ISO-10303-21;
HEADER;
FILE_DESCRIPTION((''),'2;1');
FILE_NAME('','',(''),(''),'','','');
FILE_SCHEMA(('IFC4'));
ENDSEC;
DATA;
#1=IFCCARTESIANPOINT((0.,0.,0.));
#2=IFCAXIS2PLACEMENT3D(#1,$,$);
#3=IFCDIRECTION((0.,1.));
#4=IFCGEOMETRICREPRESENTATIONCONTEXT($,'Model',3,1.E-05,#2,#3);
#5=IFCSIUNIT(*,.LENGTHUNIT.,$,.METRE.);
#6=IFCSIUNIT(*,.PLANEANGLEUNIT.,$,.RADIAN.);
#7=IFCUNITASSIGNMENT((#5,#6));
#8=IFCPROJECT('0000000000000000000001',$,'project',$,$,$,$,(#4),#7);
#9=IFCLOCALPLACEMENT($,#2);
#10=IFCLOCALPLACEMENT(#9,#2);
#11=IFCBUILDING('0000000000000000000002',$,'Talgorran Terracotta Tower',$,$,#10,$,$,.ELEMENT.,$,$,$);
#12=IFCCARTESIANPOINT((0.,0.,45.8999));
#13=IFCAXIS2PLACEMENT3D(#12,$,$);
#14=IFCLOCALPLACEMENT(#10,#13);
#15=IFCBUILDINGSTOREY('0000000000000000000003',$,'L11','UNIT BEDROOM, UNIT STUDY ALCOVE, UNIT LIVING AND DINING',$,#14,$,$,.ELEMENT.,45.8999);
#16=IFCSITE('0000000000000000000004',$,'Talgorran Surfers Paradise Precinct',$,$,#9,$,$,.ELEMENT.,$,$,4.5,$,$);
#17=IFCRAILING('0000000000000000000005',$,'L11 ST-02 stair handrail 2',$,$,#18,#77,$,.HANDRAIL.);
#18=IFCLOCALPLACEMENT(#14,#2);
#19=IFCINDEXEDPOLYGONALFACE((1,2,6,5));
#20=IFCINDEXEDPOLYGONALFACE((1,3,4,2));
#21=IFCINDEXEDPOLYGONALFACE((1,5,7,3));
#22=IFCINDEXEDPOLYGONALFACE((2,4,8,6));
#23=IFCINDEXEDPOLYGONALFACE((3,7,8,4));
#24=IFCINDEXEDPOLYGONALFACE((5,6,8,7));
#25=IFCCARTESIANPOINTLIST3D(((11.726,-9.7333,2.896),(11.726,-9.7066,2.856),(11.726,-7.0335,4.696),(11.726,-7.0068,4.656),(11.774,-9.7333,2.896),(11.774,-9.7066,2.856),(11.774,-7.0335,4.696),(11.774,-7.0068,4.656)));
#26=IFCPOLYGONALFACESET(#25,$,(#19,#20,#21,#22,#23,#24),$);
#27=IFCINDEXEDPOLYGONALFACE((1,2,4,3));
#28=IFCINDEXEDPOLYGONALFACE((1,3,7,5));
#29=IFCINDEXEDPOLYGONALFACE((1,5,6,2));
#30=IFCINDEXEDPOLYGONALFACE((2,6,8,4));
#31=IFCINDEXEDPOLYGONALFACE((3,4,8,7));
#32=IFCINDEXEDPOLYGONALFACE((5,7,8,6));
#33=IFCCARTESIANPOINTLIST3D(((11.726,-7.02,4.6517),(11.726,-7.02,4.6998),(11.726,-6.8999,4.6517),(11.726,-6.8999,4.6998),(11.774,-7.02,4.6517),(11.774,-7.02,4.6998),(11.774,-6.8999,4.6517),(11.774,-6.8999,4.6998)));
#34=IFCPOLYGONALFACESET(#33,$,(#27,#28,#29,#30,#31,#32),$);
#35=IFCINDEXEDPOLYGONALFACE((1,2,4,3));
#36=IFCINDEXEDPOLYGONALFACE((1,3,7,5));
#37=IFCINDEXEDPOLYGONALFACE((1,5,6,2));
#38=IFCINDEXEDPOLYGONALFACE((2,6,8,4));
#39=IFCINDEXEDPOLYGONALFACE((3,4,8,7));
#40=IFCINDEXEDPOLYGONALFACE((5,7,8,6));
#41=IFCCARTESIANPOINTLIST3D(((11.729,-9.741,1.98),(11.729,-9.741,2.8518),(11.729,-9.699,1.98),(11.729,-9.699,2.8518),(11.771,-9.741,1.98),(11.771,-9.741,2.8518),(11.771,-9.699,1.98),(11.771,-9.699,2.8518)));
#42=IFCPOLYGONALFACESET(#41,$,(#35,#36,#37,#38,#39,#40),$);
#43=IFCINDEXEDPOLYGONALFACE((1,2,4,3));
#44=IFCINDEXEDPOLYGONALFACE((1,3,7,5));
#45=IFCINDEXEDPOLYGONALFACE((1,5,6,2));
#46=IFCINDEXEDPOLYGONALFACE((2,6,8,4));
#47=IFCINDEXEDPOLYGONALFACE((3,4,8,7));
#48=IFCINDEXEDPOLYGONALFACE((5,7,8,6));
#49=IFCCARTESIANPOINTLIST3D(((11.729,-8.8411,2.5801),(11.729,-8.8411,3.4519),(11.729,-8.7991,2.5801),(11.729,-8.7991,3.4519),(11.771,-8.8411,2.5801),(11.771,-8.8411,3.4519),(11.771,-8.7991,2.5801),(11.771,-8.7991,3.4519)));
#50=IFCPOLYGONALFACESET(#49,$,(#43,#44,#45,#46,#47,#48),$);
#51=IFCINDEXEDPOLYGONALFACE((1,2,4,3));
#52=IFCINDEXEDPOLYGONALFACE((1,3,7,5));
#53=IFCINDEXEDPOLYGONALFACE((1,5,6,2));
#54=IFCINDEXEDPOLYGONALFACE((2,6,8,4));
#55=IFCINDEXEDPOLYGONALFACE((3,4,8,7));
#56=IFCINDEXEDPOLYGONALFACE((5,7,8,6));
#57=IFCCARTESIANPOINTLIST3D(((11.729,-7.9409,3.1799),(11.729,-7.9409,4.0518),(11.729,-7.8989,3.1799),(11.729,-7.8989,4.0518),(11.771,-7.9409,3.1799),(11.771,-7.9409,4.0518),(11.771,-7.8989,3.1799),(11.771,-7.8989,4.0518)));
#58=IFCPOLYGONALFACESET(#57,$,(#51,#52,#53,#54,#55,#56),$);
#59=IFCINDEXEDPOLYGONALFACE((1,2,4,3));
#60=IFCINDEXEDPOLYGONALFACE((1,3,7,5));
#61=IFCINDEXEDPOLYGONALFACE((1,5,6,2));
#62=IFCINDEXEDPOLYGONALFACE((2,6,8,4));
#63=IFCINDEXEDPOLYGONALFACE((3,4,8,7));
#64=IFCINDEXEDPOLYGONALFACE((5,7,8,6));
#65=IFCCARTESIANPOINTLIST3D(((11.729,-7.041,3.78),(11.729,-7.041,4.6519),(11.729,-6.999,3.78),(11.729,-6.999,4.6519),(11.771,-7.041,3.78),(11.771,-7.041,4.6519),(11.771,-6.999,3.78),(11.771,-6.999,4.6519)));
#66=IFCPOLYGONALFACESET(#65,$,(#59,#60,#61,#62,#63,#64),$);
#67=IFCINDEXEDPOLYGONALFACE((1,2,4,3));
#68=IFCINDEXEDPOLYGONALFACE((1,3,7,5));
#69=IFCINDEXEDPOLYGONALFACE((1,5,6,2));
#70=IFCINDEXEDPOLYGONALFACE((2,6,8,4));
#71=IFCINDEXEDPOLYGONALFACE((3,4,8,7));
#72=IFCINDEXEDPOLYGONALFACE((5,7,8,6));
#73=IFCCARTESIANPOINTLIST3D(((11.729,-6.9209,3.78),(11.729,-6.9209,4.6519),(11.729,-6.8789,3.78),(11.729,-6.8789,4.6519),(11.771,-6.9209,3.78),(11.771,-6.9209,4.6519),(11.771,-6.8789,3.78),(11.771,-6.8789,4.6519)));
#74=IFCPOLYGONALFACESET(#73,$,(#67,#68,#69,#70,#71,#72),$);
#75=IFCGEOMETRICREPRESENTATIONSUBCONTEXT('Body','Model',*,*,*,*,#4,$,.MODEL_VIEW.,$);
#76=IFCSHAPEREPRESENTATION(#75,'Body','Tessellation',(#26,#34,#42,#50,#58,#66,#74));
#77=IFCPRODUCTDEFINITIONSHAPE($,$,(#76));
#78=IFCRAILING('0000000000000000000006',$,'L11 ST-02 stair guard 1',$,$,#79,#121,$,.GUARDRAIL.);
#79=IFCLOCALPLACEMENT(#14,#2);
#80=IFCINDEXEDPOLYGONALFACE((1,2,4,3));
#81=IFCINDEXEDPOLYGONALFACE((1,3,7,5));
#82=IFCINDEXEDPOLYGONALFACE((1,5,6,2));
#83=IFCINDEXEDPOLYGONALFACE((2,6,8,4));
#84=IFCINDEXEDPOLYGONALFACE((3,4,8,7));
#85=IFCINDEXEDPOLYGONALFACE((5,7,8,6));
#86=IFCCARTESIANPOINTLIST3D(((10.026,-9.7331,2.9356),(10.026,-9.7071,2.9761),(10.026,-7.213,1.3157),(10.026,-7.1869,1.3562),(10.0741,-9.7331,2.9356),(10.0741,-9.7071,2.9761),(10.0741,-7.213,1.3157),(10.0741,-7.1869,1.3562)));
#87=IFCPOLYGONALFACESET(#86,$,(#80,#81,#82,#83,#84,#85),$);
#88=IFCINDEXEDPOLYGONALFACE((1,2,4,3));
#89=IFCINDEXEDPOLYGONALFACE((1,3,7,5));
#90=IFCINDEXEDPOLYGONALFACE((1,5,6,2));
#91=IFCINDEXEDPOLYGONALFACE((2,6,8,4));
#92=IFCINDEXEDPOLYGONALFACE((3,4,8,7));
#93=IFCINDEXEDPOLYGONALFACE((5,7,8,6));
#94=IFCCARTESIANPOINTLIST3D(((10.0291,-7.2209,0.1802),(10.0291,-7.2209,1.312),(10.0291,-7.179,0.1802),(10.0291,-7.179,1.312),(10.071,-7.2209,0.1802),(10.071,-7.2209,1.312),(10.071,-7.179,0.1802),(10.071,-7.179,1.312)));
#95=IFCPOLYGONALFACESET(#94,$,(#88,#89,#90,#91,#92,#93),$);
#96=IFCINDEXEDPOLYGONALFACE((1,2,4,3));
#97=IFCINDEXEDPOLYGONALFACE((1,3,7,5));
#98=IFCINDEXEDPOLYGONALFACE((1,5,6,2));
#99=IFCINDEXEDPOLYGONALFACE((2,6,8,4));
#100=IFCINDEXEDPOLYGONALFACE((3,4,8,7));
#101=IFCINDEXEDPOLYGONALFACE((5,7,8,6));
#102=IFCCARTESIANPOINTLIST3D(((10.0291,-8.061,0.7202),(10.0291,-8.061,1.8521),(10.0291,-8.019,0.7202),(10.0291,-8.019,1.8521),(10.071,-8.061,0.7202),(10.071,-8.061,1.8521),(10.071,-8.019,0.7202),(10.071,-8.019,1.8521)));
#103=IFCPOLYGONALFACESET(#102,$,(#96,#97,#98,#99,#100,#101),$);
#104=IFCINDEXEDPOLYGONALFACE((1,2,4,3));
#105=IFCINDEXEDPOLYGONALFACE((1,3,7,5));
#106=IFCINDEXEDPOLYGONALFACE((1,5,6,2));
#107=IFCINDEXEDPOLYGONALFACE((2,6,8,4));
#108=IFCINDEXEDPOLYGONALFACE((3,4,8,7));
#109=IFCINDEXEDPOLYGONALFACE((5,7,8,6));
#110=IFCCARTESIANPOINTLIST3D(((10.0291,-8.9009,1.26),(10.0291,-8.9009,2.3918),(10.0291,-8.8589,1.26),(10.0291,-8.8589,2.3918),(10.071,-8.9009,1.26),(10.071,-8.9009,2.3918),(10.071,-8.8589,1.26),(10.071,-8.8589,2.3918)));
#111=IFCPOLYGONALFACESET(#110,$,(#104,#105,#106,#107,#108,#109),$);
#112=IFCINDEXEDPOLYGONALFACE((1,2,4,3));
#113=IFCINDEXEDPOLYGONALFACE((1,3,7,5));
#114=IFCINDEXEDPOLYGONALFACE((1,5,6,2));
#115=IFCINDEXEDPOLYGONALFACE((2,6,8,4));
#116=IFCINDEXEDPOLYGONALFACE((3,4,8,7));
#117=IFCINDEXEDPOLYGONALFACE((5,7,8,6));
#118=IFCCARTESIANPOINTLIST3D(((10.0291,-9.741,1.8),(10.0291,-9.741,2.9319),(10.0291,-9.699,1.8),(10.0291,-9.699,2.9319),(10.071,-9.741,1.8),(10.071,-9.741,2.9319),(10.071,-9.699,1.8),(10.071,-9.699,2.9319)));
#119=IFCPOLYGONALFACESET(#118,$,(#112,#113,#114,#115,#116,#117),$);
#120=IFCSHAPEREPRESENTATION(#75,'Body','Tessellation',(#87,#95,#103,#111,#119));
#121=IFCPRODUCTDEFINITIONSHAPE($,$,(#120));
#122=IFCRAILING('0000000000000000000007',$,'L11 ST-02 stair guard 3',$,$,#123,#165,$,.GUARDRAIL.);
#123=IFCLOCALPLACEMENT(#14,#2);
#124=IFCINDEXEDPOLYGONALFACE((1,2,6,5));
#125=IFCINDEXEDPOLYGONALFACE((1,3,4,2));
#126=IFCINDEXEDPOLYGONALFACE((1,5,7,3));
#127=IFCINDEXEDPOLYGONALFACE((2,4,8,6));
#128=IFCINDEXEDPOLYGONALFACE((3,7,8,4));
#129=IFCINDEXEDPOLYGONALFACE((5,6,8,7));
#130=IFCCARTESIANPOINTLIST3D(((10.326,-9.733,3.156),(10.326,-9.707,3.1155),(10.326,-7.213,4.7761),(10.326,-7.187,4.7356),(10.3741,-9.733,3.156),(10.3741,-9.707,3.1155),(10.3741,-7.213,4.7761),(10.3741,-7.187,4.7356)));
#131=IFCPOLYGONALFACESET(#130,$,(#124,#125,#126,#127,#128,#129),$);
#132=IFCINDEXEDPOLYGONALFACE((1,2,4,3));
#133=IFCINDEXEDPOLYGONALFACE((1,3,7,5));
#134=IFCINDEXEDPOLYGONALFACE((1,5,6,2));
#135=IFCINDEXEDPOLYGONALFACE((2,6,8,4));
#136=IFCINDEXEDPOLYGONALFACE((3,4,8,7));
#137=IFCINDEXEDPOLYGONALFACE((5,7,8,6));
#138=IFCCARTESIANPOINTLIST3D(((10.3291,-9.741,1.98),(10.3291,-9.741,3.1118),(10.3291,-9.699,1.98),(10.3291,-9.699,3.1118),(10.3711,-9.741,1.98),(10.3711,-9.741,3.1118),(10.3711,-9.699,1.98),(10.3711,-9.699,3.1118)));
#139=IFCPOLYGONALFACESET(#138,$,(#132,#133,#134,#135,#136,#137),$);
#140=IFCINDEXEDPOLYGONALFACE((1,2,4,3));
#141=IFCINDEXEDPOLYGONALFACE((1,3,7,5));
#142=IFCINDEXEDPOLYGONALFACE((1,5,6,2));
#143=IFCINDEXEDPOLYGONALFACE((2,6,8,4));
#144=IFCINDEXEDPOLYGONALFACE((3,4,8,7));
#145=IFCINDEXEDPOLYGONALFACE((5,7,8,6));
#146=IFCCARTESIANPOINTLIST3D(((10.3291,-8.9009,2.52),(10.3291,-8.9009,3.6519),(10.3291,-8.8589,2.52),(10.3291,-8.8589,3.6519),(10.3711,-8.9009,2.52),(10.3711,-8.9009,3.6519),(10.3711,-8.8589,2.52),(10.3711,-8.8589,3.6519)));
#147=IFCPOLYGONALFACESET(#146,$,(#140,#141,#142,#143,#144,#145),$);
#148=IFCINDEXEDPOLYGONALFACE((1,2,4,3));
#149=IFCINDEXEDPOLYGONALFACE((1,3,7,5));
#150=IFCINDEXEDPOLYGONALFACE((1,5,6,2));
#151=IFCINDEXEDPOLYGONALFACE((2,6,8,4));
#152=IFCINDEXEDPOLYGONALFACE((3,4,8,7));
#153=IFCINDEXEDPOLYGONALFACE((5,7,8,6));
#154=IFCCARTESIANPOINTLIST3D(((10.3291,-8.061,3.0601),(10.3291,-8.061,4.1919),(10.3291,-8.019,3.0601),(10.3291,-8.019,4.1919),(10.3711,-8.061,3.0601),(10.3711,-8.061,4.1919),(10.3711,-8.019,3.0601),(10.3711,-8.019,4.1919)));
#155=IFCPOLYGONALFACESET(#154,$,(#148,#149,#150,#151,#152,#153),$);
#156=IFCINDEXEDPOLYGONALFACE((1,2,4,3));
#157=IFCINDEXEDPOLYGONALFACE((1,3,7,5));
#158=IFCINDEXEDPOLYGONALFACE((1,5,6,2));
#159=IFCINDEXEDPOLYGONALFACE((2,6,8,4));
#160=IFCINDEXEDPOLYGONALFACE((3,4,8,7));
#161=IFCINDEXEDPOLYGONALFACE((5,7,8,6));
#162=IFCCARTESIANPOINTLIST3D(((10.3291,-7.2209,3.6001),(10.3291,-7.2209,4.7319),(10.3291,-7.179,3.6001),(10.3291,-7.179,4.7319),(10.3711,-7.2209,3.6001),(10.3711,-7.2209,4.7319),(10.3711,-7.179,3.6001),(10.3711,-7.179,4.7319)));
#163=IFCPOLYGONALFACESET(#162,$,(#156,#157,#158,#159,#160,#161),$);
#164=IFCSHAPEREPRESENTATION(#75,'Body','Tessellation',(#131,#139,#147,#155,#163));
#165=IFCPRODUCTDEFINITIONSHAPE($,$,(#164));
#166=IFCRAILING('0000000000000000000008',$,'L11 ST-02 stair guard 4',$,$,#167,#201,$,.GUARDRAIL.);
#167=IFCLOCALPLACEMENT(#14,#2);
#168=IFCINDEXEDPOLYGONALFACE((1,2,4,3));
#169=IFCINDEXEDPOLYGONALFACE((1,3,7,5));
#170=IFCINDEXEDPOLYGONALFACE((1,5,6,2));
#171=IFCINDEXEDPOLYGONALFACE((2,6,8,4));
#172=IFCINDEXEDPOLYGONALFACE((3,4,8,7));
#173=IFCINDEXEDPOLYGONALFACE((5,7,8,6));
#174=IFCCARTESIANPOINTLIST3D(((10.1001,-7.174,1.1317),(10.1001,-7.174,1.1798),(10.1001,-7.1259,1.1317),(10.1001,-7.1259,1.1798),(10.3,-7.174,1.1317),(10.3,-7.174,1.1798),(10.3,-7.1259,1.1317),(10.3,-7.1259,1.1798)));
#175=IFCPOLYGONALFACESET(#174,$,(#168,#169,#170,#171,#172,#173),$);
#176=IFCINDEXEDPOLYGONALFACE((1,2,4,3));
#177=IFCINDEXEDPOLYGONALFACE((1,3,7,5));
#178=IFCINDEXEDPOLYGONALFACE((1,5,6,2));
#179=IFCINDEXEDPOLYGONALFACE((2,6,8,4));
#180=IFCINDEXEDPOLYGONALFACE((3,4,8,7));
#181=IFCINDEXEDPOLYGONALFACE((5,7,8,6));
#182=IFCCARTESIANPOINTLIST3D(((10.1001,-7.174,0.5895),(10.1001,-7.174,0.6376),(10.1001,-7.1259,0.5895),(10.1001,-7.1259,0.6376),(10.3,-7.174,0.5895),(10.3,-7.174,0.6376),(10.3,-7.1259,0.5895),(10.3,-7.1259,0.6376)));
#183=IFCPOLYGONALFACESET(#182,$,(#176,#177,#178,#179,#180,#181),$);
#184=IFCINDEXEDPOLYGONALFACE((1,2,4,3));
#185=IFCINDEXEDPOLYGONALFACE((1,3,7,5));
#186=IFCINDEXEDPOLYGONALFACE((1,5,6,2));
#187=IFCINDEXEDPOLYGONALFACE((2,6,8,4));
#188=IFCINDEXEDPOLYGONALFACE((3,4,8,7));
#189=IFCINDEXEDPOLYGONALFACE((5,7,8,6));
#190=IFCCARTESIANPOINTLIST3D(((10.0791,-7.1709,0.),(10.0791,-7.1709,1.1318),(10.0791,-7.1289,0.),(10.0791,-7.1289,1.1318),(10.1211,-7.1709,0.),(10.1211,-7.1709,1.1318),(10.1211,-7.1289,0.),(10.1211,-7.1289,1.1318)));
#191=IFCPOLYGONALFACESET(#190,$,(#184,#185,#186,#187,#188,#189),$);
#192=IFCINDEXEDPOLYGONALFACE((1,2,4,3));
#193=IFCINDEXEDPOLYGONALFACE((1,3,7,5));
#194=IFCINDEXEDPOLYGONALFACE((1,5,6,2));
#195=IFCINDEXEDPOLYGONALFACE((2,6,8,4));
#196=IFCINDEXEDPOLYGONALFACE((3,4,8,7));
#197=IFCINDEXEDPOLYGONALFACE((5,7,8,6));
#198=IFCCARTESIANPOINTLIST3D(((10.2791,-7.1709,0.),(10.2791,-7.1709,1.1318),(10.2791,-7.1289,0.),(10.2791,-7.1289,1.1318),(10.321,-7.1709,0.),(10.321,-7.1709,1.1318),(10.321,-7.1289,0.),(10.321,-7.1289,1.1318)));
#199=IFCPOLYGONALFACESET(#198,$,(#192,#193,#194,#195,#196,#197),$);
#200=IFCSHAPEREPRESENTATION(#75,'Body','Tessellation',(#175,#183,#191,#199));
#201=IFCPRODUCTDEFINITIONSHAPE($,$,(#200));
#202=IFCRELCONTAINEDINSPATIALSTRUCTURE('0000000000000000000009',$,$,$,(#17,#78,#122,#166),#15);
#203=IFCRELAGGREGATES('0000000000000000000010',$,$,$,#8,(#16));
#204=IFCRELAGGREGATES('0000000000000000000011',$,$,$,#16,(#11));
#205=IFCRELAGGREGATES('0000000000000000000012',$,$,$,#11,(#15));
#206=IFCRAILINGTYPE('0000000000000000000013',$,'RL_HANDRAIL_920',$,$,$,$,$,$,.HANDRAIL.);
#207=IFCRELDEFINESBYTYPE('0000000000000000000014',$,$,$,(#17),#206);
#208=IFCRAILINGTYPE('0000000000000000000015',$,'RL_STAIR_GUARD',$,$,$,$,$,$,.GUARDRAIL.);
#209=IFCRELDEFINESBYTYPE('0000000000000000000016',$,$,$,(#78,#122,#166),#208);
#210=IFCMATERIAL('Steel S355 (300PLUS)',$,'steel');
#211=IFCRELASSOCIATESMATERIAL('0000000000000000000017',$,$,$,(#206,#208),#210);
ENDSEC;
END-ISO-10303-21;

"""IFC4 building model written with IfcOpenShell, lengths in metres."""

from ifc_helpers import new_model, si_unit, direction, frame, origin, origin_2d, place, context, subcontext, project, spatial, rectangle, extrude, material, type_object, element, save


model = new_model("IFC4")

# Units and contexts
model_context = context("Model", 3, precision=1e-05, world=origin(), true_north=direction((0.0, 1.0)))
body_context = subcontext(model_context, "Body", "Model", "MODEL_VIEW")
ifc_project = project(units=[si_unit("LENGTHUNIT", "METRE"), si_unit("PLANEANGLEUNIT", "RADIAN")], contexts=[model_context])

# Site, building, storey
site_placement = place(None, origin())
site = spatial("IfcSite", under=ifc_project, at=site_placement, Name="Talgorran Surfers Paradise Precinct", CompositionType="ELEMENT", RefElevation=4.5)
building_placement = place(site_placement, origin())
building = spatial("IfcBuilding", under=site, at=building_placement, Name="Talgorran Terracotta Tower", CompositionType="ELEMENT")
storey_placement = place(building_placement, frame((0.0, 0.0, 45.8999)))
storey = spatial("IfcBuildingStorey", under=building, at=storey_placement, Name="L11", Description="UNIT BEDROOM, UNIT STUDY ALCOVE, UNIT LIVING AND DINING", CompositionType="ELEMENT", Elevation=45.8999)

# Shared definitions
ifc_material_1 = material(Name="Steel S355 (300PLUS)", Category="steel")

# Railings
railing_type_1 = type_object("IfcRailingType", Name="RL_HANDRAIL_920", PredefinedType="HANDRAIL", material=ifc_material_1)
railing_1_placement = place(storey_placement, frame((11.75, -9.72, 1.98)))
element("IfcRailing", 1, at=railing_1_placement, inside=storey, type_object=railing_type_1, Name="L11 ST-02 stair handrail 2", PredefinedType="HANDRAIL", context=body_context, shape_type="SweptSolid", body=[
    extrude(rectangle(XDim=0.0481, YDim=0.0481, at=origin_2d()), frame((0.0, 0.0, 0.896), z_axis=(0.0, 0.832039, 0.554718), x_axis=(-1.0, 0.0, 0.0)), (0.0, 0.0, 1.0), 3.2449),
    extrude(rectangle(XDim=0.0481, YDim=0.0481, at=origin_2d()), frame((0.0, 2.7, 2.6958), z_axis=(0.0, 1.0, 0.0), x_axis=(-1.0, 0.0, 0.0)), (0.0, 0.0, 1.0), 0.1201),
    extrude(rectangle(XDim=0.042, YDim=0.042, at=origin_2d()), origin(), (0.0, 0.0, 1.0), 0.8718),
    extrude(rectangle(XDim=0.042, YDim=0.042, at=origin_2d()), frame((0.0, 0.8999, 0.6001)), (0.0, 0.0, 1.0), 0.8718),
    extrude(rectangle(XDim=0.042, YDim=0.042, at=origin_2d()), frame((0.0, 1.8, 1.2)), (0.0, 0.0, 1.0), 0.8718),
    extrude(rectangle(XDim=0.042, YDim=0.042, at=origin_2d()), frame((0.0, 2.7, 1.8)), (0.0, 0.0, 1.0), 0.8718),
    extrude(rectangle(XDim=0.042, YDim=0.042, at=origin_2d()), frame((0.0, 2.8201, 1.8)), (0.0, 0.0, 1.0), 0.8718),
])
railing_type_2 = type_object("IfcRailingType", Name="RL_STAIR_GUARD", PredefinedType="GUARDRAIL", material=ifc_material_1)
railing_2_placement = place(storey_placement, frame((10.05, -7.2, 0.1802)))
element("IfcRailing", 2, at=railing_2_placement, inside=storey, type_object=railing_type_2, Name="L11 ST-02 stair guard 1", PredefinedType="GUARDRAIL", context=body_context, shape_type="SweptSolid", body=[
    extrude(rectangle(XDim=0.0481, YDim=0.0481, at=origin_2d()), frame((0.0, 0.0, 1.1558), z_axis=(0.0, -0.8412, 0.540725), x_axis=(1.0, 0.0, 0.0)), (0.0, 0.0, 1.0), 2.9958),
    extrude(rectangle(XDim=0.042, YDim=0.042, at=origin_2d()), origin(), (0.0, 0.0, 1.0), 1.1318),
    extrude(rectangle(XDim=0.042, YDim=0.042, at=origin_2d()), frame((0.0, -0.8401, 0.54)), (0.0, 0.0, 1.0), 1.1318),
    extrude(rectangle(XDim=0.042, YDim=0.042, at=origin_2d()), frame((0.0, -1.6799, 1.0798)), (0.0, 0.0, 1.0), 1.1318),
    extrude(rectangle(XDim=0.042, YDim=0.042, at=origin_2d()), frame((0.0, -2.52, 1.6199)), (0.0, 0.0, 1.0), 1.1318),
])
railing_3_placement = place(storey_placement, frame((10.3501, -9.72, 1.98)))
element("IfcRailing", 3, at=railing_3_placement, inside=storey, type_object=railing_type_2, Name="L11 ST-02 stair guard 3", PredefinedType="GUARDRAIL", context=body_context, shape_type="SweptSolid", body=[
    extrude(rectangle(XDim=0.0481, YDim=0.0481, at=origin_2d()), frame((0.0, 0.0, 1.1558), z_axis=(0.0, 0.841163, 0.540782), x_axis=(-1.0, 0.0, 0.0)), (0.0, 0.0, 1.0), 2.9958),
    extrude(rectangle(XDim=0.042, YDim=0.042, at=origin_2d()), origin(), (0.0, 0.0, 1.0), 1.1318),
    extrude(rectangle(XDim=0.042, YDim=0.042, at=origin_2d()), frame((0.0, 0.8401, 0.54)), (0.0, 0.0, 1.0), 1.1318),
    extrude(rectangle(XDim=0.042, YDim=0.042, at=origin_2d()), frame((0.0, 1.6799, 1.0801)), (0.0, 0.0, 1.0), 1.1318),
    extrude(rectangle(XDim=0.042, YDim=0.042, at=origin_2d()), frame((0.0, 2.52, 1.6201)), (0.0, 0.0, 1.0), 1.1318),
])
railing_4_placement = place(storey_placement, frame((10.1001, -7.1499, 0.0)))
element("IfcRailing", 4, at=railing_4_placement, inside=storey, type_object=railing_type_2, Name="L11 ST-02 stair guard 4", PredefinedType="GUARDRAIL", context=body_context, shape_type="SweptSolid", body=[
    extrude(rectangle(XDim=0.0481, YDim=0.0481, at=origin_2d()), frame((0.0, 0.0, 1.1558), z_axis=(1.0, 0.0, 0.0), x_axis=(0.0, 1.0, 0.0)), (0.0, 0.0, 1.0), 0.2),
    extrude(rectangle(XDim=0.0481, YDim=0.0481, at=origin_2d()), frame((0.0, 0.0, 0.6135), z_axis=(1.0, 0.0, 0.0), x_axis=(0.0, 1.0, 0.0)), (0.0, 0.0, 1.0), 0.2),
    extrude(rectangle(XDim=0.042, YDim=0.042, at=origin_2d()), origin(), (0.0, 0.0, 1.0), 1.1318),
    extrude(rectangle(XDim=0.042, YDim=0.042, at=origin_2d()), frame((0.2, 0.0, 0.0)), (0.0, 0.0, 1.0), 1.1318),
])

save(model, "model.ifc")
